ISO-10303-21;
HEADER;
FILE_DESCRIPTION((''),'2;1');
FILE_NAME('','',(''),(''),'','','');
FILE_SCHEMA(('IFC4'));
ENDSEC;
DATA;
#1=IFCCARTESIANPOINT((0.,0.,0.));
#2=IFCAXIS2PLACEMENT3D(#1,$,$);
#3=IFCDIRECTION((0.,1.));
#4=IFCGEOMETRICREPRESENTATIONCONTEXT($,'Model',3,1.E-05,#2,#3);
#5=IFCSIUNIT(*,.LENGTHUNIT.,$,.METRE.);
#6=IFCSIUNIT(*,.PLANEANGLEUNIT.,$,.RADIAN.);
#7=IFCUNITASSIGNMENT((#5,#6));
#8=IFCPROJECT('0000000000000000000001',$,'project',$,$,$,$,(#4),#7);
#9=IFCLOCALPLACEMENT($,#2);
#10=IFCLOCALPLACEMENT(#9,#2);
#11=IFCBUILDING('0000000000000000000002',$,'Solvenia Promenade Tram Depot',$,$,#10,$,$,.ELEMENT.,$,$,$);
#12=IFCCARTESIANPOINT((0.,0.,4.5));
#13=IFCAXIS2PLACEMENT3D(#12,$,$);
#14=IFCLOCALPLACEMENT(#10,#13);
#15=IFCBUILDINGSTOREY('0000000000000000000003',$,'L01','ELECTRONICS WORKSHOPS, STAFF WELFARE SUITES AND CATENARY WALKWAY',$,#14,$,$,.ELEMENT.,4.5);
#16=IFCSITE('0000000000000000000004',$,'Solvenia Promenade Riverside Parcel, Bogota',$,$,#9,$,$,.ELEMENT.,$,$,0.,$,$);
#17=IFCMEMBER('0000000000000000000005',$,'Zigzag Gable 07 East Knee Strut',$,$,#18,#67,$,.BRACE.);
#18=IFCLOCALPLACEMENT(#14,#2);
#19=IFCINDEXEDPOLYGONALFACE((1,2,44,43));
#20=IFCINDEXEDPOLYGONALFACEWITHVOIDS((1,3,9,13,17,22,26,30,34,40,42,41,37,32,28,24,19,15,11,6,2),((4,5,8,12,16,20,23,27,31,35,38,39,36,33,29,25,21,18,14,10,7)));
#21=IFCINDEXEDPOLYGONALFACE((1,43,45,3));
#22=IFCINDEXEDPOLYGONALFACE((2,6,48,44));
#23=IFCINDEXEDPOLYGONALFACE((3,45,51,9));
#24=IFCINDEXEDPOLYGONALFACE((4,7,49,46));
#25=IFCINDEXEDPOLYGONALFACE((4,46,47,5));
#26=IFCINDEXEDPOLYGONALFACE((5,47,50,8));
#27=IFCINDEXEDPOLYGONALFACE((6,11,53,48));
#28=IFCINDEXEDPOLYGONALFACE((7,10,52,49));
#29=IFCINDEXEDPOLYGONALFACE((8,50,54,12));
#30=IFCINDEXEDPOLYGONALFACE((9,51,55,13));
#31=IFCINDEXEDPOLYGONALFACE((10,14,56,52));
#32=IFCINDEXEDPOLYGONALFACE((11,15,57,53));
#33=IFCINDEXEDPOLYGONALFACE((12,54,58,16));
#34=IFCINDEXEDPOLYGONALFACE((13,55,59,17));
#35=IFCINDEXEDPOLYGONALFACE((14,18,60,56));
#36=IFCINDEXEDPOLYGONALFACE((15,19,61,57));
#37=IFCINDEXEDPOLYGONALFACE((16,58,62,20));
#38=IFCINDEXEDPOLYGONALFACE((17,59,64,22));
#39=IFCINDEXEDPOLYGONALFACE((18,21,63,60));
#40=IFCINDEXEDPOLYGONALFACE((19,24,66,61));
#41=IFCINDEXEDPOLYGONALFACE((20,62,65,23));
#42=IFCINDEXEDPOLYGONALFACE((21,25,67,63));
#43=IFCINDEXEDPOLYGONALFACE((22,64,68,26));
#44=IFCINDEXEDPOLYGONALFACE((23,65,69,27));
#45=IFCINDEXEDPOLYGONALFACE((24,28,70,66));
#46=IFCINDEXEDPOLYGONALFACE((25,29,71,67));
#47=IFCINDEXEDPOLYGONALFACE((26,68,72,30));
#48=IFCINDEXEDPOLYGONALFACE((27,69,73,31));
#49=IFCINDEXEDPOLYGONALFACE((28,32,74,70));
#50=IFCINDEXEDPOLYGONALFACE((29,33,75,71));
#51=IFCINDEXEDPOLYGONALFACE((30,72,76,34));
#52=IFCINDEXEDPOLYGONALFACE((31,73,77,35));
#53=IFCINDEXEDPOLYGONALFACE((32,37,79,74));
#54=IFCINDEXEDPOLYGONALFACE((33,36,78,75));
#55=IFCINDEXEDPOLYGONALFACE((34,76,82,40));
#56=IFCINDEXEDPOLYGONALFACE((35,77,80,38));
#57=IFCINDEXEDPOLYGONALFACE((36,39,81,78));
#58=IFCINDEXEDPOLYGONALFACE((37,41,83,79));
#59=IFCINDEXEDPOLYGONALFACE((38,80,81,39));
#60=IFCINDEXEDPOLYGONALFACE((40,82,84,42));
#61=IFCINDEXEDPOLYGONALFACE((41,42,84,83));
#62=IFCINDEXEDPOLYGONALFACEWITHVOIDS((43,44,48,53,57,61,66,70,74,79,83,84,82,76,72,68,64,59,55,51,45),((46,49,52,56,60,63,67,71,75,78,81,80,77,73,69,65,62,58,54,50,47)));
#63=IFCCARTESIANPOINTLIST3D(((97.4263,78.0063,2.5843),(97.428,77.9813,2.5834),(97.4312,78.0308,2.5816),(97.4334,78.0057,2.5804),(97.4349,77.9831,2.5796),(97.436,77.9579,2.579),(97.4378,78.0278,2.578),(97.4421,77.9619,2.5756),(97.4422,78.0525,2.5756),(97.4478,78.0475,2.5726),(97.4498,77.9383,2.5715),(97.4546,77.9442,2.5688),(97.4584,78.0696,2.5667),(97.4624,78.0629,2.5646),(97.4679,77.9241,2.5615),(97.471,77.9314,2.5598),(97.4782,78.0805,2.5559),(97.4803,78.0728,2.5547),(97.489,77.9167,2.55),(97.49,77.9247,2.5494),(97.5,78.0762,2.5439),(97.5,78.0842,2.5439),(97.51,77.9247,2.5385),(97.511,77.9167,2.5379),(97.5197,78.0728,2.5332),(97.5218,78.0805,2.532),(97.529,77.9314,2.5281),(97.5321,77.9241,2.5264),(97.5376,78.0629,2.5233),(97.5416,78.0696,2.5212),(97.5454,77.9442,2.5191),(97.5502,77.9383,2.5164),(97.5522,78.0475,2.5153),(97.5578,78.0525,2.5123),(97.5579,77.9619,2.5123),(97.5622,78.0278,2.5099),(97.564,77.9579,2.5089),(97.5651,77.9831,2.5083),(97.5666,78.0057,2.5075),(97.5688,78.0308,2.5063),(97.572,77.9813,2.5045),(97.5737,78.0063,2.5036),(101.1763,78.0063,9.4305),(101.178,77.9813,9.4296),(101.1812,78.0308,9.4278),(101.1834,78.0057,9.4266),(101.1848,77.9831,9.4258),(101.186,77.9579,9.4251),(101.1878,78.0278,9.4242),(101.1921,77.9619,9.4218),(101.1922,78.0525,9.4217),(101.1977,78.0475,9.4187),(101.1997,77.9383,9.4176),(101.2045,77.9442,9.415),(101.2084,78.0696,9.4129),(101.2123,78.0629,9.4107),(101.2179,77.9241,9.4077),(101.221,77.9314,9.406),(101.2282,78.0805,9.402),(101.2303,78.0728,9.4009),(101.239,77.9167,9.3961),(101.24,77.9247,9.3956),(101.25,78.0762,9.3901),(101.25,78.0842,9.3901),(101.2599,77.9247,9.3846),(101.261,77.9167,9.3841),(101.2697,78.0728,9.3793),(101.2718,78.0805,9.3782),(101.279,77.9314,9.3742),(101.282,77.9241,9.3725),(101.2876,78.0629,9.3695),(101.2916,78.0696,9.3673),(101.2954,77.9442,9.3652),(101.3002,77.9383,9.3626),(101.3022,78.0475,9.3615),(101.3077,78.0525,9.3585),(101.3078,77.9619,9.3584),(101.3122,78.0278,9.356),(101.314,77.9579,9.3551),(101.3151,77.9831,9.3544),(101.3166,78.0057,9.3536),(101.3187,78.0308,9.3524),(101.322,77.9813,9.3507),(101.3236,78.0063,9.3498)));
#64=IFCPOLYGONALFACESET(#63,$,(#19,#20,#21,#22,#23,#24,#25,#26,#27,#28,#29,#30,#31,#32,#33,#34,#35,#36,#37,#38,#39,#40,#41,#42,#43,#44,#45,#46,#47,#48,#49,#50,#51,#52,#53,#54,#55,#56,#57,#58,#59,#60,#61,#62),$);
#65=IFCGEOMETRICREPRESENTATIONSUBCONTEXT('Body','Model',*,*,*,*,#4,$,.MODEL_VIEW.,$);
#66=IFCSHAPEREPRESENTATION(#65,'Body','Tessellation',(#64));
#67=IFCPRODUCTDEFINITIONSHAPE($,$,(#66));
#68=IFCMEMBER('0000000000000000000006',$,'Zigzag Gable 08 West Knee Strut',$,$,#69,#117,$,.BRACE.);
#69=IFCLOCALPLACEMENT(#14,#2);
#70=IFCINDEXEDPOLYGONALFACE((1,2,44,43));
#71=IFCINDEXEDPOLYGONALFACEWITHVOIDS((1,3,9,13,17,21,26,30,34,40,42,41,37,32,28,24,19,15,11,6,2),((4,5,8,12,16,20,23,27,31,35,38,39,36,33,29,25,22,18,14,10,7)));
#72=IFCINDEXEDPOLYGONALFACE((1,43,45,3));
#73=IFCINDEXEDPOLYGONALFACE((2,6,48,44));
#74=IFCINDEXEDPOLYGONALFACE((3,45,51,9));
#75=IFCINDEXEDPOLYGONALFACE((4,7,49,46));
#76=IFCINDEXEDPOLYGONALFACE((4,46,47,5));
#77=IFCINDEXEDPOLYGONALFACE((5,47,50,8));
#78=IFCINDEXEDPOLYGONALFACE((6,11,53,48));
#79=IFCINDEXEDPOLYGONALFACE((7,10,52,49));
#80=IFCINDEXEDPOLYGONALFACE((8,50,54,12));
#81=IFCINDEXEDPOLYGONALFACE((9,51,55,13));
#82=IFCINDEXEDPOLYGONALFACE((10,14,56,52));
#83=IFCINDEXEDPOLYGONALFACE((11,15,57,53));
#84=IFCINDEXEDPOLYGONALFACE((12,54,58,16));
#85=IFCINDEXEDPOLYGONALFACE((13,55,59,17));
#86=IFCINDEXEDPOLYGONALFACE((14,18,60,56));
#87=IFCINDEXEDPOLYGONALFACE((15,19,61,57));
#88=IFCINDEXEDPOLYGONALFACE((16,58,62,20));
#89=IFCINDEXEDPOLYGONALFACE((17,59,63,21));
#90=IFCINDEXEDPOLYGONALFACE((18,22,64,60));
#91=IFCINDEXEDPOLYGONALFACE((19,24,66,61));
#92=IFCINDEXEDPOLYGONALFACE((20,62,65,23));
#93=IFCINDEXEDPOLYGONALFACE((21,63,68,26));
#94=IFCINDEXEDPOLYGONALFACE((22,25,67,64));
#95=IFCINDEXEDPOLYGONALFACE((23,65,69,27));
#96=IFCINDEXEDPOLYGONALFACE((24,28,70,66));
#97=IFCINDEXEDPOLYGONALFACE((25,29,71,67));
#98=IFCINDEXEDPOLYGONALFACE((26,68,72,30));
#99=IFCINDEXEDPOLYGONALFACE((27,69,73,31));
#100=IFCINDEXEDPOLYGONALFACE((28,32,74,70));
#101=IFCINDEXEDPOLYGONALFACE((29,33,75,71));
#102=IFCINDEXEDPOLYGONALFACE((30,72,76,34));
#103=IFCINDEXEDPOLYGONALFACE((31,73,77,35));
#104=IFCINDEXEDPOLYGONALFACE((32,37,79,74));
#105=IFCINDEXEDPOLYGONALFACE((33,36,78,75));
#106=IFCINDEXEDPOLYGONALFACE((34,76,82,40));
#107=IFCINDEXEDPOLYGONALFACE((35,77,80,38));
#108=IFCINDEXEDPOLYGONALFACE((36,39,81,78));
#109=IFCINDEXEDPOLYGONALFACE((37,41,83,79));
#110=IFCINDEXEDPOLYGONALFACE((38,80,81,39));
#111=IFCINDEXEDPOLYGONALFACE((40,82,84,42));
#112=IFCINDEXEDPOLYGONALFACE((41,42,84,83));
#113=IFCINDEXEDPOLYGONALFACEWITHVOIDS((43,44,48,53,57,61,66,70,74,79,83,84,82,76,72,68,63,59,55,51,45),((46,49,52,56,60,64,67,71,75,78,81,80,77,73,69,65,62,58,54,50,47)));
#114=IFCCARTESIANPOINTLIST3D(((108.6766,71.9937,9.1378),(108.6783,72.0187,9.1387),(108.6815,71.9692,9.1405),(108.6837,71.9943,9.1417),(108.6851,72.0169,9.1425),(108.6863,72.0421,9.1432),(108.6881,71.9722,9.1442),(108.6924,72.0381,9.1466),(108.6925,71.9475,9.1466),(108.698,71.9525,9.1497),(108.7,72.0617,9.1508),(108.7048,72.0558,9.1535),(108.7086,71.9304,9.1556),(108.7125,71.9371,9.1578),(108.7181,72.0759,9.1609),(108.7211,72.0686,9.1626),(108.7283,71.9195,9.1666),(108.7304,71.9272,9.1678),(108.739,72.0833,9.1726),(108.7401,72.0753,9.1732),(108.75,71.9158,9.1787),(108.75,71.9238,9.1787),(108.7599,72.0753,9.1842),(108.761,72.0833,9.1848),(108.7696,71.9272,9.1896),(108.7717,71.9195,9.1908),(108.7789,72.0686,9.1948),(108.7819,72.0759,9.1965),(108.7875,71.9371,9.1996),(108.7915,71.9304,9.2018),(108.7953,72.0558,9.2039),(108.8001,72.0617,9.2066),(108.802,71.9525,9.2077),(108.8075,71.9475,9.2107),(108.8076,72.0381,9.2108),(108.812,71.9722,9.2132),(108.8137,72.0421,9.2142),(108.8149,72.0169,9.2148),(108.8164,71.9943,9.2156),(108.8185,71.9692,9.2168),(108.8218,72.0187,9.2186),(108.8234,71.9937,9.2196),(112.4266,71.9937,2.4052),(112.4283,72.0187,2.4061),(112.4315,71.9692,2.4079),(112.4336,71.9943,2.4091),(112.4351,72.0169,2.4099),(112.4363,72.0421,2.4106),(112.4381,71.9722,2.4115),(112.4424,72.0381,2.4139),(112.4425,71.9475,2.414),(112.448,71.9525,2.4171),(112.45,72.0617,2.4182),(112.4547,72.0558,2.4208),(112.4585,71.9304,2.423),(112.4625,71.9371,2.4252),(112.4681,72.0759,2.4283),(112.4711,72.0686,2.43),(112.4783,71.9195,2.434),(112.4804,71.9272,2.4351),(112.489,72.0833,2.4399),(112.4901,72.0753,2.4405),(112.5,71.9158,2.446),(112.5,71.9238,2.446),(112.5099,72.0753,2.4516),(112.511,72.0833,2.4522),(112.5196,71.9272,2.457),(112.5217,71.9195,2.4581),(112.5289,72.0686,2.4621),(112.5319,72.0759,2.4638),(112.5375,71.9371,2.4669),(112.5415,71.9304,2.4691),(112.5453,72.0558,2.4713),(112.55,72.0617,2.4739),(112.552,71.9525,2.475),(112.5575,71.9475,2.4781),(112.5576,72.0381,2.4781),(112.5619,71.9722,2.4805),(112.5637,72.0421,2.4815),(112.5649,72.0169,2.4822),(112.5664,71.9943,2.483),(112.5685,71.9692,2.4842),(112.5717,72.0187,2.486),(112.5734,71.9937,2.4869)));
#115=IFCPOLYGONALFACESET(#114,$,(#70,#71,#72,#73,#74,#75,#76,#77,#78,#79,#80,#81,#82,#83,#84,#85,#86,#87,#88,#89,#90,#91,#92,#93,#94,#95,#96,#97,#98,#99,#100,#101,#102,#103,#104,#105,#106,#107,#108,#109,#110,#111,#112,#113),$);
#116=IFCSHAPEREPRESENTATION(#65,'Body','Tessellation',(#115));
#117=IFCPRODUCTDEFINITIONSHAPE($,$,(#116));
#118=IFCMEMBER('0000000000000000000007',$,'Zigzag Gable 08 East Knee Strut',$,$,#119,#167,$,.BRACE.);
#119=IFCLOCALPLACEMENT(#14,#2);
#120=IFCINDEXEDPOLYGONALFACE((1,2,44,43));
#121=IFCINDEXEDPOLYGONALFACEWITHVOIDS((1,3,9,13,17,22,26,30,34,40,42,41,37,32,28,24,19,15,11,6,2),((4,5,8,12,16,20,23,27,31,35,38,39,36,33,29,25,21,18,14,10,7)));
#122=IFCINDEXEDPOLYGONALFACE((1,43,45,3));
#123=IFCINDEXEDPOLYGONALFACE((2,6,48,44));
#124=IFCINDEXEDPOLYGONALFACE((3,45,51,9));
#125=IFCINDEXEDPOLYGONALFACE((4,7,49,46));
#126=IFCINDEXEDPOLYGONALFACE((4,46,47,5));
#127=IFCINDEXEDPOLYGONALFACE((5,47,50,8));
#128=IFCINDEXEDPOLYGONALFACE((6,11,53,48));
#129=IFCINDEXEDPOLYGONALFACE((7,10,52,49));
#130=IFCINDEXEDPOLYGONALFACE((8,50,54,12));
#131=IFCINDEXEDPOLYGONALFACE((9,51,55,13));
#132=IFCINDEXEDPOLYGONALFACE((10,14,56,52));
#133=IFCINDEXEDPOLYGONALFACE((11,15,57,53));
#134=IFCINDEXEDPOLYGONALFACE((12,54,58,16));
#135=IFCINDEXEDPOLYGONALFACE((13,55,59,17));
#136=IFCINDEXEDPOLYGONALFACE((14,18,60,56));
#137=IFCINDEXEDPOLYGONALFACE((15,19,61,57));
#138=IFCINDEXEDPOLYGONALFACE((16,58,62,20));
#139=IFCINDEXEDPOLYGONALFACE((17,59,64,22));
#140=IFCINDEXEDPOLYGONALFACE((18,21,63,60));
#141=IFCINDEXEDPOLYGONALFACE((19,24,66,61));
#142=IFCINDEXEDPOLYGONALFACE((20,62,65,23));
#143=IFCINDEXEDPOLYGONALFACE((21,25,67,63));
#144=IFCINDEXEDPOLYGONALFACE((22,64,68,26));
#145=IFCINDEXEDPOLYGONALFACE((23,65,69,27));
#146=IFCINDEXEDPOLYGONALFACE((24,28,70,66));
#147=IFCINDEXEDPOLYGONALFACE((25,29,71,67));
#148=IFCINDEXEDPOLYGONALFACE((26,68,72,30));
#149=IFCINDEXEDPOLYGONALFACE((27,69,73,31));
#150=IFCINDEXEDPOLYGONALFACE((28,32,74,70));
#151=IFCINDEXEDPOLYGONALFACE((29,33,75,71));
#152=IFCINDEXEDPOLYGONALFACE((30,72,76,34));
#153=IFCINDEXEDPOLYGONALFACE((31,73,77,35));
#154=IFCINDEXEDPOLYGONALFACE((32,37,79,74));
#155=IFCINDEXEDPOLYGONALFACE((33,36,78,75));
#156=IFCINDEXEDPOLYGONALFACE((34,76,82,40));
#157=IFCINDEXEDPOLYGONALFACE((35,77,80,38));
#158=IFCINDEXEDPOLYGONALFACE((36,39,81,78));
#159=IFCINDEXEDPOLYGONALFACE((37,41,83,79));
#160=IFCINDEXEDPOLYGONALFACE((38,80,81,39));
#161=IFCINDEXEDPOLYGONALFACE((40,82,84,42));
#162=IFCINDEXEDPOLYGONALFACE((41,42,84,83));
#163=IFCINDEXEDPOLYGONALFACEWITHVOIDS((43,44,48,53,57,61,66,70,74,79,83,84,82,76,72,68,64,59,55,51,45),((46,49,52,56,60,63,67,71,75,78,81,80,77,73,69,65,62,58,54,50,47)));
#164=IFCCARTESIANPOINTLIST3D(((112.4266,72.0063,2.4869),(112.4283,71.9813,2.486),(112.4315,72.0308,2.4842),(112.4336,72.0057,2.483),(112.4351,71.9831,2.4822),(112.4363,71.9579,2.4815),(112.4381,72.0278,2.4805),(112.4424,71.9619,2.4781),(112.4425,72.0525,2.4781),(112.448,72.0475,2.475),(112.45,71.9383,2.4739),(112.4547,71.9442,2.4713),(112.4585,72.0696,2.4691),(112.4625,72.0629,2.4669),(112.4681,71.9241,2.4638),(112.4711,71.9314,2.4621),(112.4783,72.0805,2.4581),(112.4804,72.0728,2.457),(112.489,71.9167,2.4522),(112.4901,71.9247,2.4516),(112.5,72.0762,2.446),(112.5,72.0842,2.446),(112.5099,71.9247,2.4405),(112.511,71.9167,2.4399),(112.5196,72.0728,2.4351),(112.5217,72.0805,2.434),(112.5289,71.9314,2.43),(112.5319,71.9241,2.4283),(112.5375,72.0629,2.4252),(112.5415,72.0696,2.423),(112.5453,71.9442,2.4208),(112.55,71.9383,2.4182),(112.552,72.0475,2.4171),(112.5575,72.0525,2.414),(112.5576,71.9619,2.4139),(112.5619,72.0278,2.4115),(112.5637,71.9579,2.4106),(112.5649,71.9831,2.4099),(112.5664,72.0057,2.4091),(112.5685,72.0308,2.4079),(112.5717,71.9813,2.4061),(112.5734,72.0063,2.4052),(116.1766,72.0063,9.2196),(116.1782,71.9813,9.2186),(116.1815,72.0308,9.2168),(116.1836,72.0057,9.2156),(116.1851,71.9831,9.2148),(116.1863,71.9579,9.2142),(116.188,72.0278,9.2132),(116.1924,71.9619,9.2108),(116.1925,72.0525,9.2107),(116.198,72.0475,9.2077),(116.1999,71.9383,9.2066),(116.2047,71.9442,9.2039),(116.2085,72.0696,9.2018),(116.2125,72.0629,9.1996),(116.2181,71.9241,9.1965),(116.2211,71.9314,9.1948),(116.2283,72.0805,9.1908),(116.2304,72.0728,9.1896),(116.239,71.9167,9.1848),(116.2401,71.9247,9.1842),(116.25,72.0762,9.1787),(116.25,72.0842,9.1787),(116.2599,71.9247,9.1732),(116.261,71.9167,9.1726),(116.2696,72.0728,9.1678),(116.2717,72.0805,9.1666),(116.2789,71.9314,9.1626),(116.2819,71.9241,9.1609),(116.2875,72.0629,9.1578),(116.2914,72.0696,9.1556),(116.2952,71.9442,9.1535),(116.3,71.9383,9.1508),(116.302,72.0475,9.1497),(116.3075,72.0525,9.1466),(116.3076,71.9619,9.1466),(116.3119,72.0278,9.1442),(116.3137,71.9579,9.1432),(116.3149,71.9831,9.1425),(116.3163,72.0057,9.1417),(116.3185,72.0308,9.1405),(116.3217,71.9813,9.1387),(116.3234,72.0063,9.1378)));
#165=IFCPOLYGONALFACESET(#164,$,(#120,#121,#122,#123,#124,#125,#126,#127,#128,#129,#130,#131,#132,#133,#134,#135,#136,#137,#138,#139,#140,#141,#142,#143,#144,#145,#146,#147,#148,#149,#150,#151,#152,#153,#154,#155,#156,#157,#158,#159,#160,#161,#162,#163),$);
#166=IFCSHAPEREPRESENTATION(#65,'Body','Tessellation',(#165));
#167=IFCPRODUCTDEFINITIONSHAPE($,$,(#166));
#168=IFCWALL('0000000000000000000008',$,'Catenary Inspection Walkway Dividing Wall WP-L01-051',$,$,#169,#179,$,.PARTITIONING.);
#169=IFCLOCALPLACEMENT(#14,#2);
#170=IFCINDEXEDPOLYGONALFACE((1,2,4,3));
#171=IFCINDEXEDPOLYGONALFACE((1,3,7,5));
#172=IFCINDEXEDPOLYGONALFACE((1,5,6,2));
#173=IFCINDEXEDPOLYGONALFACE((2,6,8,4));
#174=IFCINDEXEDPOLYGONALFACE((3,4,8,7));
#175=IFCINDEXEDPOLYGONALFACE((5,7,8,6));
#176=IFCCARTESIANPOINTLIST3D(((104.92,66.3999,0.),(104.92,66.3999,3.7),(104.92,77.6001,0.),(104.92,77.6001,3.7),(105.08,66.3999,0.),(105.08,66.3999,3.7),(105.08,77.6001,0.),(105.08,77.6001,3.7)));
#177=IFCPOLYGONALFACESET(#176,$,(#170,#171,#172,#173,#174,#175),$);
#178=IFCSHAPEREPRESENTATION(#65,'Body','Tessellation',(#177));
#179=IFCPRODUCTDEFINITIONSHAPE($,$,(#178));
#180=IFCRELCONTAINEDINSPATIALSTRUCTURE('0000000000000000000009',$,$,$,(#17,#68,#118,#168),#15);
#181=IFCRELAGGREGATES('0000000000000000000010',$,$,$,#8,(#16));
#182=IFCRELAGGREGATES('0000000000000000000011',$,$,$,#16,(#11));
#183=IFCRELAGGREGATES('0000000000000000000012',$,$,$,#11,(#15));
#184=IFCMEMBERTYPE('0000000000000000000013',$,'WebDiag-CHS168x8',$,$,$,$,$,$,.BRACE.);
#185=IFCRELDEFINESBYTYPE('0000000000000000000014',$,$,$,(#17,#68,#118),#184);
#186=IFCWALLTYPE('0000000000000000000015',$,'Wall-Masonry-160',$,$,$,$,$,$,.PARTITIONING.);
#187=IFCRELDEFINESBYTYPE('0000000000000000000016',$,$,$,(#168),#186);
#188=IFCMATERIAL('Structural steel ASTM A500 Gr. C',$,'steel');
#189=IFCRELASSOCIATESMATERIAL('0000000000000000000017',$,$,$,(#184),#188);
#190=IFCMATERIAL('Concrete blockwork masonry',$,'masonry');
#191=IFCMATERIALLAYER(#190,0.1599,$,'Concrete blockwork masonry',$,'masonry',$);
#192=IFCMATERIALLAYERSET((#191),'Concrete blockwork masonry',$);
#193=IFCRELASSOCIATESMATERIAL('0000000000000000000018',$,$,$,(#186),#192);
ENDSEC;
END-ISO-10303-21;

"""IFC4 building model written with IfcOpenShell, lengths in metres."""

from ifc_helpers import new_model, si_unit, direction, frame, frame_2d, origin, origin_2d, place, context, subcontext, project, spatial, rectangle, hollow_circle, extrude, material, layer, layer_set, material_profile, profile_set, type_object, element, save


model = new_model("IFC4")

# Units and contexts
model_context = context("Model", 3, precision=1e-05, world=origin(), true_north=direction((0.0, 1.0)))
body_context = subcontext(model_context, "Body", "Model", "MODEL_VIEW")
ifc_project = project(units=[si_unit("LENGTHUNIT", "METRE"), si_unit("PLANEANGLEUNIT", "RADIAN")], contexts=[model_context])

# Site, building, storey
site_placement = place(None, origin())
site = spatial("IfcSite", under=ifc_project, at=site_placement, Name="Solvenia Promenade Riverside Parcel, Bogota", CompositionType="ELEMENT", RefElevation=0.0)
building_placement = place(site_placement, origin())
building = spatial("IfcBuilding", under=site, at=building_placement, Name="Solvenia Promenade Tram Depot", CompositionType="ELEMENT")
storey_placement = place(building_placement, frame((0.0, 0.0, 4.5)))
storey = spatial("IfcBuildingStorey", under=building, at=storey_placement, Name="L01", Description="ELECTRONICS WORKSHOPS, STAFF WELFARE SUITES AND CATENARY WALKWAY", CompositionType="ELEMENT", Elevation=4.5)

# Shared definitions
ifc_material_1 = material(Name="Structural steel ASTM A500 Gr. C", Category="steel")

# Members
ifc_material_profile_1 = material_profile(ifc_material_1, hollow_circle(Radius=0.0842, WallThickness=0.0081, at=origin_2d()), Name="CHS168.3x8", Category="steel")
ifc_profile_set_1 = profile_set([ifc_material_profile_1], Name="Structural steel ASTM A500 Gr. C")
member_type_1 = type_object("IfcMemberType", Name="WebDiag-CHS168x8", PredefinedType="BRACE", material=ifc_profile_set_1)
for number, where, z_axis, x_axis, name in (
    (1, (97.5, 78.0, 2.5439), (0.480403, 0.0, 0.877048), (0.0, 1.0, 0.0), "Zigzag Gable 07 East Knee Strut"),
):
    element("IfcMember", number, at=place(storey_placement, frame(where, z_axis=z_axis, x_axis=x_axis)), inside=storey, type_object=member_type_1, Name=name, PredefinedType="BRACE", context=body_context, shape_type="SweptSolid", body=[
        extrude(hollow_circle(Radius=0.0842, WallThickness=0.0081, at=origin_2d()), origin(), (0.0, 0.0, 1.0), 7.8059),
    ])
for number, where, z_axis, x_axis, name in (
    (2, (112.5, 72.0, 2.446), (-0.486598, 0.0, 0.873626), (0.0, -1.0, 0.0), "Zigzag Gable 08 West Knee Strut"),
    (3, (112.5, 72.0, 2.446), (0.486598, 0.0, 0.873626), (0.0, 1.0, 0.0), "Zigzag Gable 08 East Knee Strut"),
):
    element("IfcMember", number, at=place(storey_placement, frame(where, z_axis=z_axis, x_axis=x_axis)), inside=storey, type_object=member_type_1, Name=name, PredefinedType="BRACE", context=body_context, shape_type="SweptSolid", body=[
        extrude(hollow_circle(Radius=0.0842, WallThickness=0.0081, at=origin_2d()), origin(), (0.0, 0.0, 1.0), 7.7065),
    ])

# Wall
ifc_material_2 = material(Name="Concrete blockwork masonry", Category="masonry")
ifc_layer = layer(ifc_material_2, 0.1599, Name="Concrete blockwork masonry", Category="masonry")
ifc_layer_set = layer_set([ifc_layer], Name="Concrete blockwork masonry")
wall_type = type_object("IfcWallType", Name="Wall-Masonry-160", PredefinedType="PARTITIONING", material=ifc_layer_set)
wall_1_placement = place(storey_placement, frame((105.0, 66.3999, 0.0), z_axis=(0.0, 0.0, 1.0), x_axis=(0.0, 1.0, 0.0)))
element("IfcWall", 4, at=wall_1_placement, inside=storey, type_object=wall_type, Name="Catenary Inspection Walkway Dividing Wall WP-L01-051", PredefinedType="PARTITIONING", context=body_context, shape_type="SweptSolid", body=[
    extrude(rectangle(XDim=11.2002, YDim=0.1599, at=frame_2d((5.6001, 0.0))), origin(), (0.0, 0.0, 1.0), 3.7),
])

save(model, "model.ifc")
